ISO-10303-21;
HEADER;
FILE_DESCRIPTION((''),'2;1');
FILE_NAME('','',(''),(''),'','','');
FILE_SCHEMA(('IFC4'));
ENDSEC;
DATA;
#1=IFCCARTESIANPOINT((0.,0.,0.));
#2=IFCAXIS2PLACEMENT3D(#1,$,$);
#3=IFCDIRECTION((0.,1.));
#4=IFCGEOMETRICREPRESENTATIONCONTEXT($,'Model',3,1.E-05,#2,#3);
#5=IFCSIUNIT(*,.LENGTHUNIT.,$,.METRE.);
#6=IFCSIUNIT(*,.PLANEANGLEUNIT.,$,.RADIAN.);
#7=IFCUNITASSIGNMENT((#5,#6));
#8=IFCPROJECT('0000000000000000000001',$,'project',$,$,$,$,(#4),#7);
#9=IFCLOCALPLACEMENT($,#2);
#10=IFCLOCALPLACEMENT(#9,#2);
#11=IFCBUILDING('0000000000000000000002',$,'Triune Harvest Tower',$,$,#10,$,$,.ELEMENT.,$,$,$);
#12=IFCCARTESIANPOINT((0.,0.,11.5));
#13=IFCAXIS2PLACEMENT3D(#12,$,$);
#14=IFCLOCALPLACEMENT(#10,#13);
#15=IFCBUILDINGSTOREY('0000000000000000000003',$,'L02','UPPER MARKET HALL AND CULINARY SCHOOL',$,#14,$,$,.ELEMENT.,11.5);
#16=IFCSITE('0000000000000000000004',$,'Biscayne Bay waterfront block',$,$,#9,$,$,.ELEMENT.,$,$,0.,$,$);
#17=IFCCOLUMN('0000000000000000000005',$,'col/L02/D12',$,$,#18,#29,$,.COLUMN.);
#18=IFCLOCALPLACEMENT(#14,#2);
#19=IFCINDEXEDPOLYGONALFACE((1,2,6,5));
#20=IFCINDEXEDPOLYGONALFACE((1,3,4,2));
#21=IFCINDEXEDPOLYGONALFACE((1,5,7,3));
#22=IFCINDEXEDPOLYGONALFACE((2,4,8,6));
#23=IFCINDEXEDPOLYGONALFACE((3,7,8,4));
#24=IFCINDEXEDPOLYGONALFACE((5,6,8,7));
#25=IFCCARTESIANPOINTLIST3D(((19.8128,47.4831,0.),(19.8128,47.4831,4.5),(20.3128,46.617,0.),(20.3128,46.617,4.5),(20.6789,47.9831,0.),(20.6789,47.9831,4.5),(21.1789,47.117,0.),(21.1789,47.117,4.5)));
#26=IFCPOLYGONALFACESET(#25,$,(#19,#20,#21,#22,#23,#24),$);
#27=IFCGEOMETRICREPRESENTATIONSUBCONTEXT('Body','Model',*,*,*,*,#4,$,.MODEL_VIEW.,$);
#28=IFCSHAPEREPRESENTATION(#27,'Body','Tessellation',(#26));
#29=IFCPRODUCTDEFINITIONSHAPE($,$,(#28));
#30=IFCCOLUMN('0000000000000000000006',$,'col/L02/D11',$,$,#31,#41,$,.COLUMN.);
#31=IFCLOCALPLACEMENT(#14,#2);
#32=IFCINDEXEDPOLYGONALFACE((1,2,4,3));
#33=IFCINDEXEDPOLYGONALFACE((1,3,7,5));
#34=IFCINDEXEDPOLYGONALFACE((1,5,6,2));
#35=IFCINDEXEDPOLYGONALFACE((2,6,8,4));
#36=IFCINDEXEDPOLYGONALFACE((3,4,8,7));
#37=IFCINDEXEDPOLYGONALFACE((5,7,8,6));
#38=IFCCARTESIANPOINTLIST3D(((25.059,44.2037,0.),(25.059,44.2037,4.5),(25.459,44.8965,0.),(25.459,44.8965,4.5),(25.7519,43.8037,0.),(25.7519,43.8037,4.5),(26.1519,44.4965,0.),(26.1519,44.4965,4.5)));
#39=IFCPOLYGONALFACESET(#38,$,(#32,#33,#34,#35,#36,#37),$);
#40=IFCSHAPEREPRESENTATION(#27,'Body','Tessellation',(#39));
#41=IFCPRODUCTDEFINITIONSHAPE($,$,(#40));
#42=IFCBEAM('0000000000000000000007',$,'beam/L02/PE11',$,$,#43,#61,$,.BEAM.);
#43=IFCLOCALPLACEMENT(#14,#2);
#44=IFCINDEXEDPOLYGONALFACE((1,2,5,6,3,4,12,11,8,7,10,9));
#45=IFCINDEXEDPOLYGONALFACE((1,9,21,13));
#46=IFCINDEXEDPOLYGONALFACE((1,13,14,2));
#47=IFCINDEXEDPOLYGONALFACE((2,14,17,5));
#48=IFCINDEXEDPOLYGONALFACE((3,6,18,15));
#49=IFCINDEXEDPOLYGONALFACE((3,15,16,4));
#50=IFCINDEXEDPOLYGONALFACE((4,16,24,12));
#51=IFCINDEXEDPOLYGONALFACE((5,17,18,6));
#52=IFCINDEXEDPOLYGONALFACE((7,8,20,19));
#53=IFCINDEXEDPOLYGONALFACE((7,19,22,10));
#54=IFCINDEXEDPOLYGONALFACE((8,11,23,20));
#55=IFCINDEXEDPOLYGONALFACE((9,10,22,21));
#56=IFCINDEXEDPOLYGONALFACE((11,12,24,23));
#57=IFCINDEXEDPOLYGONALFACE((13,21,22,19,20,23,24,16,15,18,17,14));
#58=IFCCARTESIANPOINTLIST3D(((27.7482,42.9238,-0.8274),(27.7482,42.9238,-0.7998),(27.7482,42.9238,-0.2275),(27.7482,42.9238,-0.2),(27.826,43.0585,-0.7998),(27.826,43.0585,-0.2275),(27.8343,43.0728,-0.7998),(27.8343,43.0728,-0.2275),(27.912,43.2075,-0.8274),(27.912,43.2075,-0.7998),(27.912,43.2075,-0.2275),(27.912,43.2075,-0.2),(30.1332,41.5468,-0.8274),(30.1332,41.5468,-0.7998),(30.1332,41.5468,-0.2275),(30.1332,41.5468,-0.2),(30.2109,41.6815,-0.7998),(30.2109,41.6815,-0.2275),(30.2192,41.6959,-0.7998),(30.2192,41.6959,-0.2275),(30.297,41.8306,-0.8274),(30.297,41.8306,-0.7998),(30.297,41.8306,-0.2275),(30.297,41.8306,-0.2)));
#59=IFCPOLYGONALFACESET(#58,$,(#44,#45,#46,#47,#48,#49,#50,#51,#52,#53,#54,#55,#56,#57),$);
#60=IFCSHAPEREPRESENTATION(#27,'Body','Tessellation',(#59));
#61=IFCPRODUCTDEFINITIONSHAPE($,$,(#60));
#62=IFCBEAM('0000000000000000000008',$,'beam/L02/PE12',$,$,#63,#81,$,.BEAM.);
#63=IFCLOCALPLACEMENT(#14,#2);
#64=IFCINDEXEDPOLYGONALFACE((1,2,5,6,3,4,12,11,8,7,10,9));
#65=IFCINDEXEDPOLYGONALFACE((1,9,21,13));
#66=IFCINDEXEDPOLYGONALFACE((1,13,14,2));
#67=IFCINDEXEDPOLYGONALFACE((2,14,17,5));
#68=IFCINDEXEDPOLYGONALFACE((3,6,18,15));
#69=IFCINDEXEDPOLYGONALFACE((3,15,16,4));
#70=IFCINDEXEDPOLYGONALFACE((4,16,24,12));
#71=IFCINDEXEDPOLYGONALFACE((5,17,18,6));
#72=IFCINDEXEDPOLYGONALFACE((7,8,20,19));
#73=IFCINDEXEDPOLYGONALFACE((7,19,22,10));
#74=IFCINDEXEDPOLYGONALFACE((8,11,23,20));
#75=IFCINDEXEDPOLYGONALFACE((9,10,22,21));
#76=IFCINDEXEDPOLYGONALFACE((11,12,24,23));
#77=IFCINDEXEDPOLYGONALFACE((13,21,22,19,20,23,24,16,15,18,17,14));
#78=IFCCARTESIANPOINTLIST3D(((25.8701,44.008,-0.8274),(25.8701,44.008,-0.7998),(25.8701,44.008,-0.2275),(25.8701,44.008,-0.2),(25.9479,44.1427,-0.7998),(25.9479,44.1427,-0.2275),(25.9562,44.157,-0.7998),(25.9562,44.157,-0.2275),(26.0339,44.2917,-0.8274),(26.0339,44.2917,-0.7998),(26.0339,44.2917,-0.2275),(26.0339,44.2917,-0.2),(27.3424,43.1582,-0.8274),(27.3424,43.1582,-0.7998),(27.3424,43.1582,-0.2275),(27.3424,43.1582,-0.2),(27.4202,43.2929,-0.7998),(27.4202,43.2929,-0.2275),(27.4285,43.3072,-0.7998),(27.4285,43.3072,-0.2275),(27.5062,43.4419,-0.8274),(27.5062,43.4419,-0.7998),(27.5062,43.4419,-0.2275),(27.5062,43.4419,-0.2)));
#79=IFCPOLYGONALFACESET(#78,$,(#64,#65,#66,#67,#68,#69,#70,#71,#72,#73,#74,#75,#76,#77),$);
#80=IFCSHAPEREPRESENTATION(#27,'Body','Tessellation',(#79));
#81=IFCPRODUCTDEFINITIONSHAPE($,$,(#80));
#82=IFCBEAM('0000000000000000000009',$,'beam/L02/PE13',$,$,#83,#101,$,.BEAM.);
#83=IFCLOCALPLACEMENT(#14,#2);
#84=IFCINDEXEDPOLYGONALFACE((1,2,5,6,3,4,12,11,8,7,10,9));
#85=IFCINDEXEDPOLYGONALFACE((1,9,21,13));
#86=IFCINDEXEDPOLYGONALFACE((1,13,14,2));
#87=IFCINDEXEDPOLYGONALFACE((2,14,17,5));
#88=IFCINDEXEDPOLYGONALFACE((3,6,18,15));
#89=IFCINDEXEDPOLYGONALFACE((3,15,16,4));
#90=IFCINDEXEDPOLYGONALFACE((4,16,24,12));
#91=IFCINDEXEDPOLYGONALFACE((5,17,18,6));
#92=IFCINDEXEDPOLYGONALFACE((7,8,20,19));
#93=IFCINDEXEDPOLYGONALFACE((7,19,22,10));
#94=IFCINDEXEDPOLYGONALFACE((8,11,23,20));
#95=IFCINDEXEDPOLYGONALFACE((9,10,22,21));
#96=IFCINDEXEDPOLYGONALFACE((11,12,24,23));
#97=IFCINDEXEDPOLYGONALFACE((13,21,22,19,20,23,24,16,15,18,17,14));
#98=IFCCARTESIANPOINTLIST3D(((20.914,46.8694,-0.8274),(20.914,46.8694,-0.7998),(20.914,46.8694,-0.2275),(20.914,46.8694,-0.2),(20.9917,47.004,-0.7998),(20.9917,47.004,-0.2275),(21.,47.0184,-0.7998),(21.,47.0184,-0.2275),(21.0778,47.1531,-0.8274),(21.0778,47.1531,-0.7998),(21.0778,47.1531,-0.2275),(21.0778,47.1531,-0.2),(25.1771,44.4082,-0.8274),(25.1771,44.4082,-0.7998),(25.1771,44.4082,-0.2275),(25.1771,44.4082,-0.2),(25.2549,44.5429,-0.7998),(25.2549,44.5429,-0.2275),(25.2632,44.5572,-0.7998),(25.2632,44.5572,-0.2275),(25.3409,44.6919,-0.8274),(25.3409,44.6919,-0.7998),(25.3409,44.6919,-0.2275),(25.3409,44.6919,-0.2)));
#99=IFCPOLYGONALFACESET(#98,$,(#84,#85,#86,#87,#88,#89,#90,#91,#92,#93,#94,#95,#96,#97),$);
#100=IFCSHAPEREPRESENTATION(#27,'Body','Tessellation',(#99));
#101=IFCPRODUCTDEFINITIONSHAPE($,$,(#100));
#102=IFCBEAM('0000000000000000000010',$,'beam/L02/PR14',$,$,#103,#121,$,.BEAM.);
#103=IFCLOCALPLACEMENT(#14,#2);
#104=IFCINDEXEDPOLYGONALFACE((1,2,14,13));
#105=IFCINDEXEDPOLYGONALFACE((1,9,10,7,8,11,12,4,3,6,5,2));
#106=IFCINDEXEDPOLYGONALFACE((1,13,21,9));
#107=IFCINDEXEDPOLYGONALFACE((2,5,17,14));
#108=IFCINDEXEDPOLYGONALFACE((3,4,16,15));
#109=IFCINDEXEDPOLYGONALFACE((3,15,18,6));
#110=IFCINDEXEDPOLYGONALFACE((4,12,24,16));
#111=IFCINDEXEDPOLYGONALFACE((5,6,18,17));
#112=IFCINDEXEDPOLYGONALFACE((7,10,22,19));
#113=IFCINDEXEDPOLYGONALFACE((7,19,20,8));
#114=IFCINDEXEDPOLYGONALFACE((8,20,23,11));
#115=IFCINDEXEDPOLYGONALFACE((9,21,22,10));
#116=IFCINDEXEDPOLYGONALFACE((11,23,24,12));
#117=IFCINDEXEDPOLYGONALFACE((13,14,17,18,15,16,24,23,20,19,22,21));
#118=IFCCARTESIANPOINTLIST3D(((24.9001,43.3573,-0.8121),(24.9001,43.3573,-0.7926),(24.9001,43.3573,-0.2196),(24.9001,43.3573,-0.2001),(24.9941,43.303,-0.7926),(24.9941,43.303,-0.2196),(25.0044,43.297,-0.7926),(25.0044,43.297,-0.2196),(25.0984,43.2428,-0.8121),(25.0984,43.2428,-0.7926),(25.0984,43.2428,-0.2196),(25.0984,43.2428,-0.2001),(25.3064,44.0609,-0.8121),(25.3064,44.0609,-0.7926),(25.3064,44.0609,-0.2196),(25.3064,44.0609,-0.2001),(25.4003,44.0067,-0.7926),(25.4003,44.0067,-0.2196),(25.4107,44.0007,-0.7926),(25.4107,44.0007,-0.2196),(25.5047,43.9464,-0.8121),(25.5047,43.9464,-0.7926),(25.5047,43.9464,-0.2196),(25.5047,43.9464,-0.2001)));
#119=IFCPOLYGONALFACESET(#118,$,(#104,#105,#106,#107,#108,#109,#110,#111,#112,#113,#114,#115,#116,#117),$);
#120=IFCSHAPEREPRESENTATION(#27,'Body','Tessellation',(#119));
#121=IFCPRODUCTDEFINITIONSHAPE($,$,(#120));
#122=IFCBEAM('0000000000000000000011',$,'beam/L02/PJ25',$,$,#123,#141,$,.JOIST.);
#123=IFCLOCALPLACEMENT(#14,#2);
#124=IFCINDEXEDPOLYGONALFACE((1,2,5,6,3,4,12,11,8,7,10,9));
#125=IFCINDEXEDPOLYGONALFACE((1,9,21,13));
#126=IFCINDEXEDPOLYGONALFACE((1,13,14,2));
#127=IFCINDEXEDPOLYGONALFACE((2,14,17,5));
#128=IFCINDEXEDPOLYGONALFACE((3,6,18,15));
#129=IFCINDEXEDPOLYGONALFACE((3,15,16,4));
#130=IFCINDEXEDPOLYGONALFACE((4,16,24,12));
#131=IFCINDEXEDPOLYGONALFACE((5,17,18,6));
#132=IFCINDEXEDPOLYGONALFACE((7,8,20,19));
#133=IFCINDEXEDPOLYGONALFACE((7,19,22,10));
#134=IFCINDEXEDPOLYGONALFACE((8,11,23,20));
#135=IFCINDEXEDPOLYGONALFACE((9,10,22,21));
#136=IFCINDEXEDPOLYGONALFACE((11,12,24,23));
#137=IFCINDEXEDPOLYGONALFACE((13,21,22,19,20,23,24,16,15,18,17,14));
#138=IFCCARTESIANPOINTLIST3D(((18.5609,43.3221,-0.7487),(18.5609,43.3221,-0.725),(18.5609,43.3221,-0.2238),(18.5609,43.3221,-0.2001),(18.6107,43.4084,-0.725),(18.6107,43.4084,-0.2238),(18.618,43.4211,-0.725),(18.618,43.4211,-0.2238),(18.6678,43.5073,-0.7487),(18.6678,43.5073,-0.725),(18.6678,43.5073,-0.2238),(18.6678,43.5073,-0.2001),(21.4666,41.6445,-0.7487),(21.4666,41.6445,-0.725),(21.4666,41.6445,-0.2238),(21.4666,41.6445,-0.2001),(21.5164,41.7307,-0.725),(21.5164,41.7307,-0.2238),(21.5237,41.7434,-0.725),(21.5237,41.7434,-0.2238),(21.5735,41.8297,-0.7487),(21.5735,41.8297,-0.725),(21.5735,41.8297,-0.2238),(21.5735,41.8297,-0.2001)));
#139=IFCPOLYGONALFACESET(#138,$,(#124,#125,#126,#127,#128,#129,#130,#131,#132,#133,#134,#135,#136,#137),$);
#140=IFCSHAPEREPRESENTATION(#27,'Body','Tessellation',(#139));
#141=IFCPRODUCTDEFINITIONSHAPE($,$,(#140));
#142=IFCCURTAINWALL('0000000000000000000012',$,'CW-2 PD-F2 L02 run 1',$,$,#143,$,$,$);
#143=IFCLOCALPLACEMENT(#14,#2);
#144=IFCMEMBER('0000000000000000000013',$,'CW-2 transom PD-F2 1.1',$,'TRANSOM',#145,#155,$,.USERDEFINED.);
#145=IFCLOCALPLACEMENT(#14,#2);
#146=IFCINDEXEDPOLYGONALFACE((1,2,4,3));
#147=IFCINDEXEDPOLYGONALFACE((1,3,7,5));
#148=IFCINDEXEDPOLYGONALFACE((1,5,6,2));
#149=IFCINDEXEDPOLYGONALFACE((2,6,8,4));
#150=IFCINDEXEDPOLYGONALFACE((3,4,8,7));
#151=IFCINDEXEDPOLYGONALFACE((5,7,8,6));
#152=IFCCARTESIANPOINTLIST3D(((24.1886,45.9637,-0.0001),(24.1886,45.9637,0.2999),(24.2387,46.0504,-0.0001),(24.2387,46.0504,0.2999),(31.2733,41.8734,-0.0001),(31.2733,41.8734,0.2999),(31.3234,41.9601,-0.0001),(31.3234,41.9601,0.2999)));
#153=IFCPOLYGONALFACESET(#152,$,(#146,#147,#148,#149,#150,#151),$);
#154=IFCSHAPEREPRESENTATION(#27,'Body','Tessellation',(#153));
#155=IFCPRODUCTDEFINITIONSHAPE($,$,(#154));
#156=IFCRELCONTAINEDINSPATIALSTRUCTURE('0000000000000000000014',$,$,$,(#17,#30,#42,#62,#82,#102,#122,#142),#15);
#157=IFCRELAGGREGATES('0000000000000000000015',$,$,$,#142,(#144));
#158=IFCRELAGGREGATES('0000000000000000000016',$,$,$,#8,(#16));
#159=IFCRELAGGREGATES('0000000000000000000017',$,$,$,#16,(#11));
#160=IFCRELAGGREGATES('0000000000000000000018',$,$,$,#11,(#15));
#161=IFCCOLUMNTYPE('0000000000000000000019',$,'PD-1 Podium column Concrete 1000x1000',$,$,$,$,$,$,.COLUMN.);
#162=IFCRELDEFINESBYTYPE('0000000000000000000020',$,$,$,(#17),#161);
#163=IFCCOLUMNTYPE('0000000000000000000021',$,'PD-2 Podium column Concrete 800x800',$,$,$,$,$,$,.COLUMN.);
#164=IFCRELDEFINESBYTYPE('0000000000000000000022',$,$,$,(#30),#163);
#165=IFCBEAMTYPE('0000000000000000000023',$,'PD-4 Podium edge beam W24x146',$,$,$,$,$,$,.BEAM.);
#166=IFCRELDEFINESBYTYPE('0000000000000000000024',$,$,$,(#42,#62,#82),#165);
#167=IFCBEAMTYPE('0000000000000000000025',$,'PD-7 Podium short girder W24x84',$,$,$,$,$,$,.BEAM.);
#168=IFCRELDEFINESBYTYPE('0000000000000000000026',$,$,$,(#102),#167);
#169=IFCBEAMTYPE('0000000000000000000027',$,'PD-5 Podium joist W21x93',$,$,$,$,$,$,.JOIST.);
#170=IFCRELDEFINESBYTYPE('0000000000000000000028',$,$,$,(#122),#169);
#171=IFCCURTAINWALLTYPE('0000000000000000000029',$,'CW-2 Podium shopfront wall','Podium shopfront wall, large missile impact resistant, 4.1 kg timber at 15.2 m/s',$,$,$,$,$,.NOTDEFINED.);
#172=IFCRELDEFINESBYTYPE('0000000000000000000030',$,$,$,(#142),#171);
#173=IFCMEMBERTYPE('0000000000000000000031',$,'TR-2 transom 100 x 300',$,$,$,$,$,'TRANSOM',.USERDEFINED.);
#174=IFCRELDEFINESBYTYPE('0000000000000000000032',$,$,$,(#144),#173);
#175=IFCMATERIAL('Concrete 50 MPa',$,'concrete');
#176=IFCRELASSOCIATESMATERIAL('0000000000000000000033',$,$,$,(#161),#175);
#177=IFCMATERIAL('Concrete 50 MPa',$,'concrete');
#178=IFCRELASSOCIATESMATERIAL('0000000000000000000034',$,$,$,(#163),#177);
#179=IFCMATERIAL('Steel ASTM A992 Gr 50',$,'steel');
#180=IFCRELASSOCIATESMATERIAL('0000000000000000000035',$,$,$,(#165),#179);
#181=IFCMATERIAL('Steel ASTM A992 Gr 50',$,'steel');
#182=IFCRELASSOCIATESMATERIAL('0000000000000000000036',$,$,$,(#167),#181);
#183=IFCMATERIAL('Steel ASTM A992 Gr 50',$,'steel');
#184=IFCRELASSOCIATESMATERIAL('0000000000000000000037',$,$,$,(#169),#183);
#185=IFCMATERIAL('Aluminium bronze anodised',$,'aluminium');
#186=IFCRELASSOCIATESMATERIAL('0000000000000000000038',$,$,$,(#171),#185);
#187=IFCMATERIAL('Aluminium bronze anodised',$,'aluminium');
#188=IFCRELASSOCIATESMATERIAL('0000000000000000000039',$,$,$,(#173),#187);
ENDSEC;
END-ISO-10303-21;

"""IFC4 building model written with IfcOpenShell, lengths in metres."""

from ifc_helpers import new_model, si_unit, direction, frame, origin, origin_2d, place, context, subcontext, project, spatial, rectangle, i_section, extrude, source, transform, mapped, material, material_profile, profile_set, type_object, element, aggregate, save


model = new_model("IFC4")

# Units and contexts
model_context = context("Model", 3, precision=1e-05, world=origin(), true_north=direction((0.0, 1.0)))
body_context = subcontext(model_context, "Body", "Model", "MODEL_VIEW")
ifc_project = project(units=[si_unit("LENGTHUNIT", "METRE"), si_unit("PLANEANGLEUNIT", "RADIAN")], contexts=[model_context])

# Site, building, storey
site_placement = place(None, origin())
site = spatial("IfcSite", under=ifc_project, at=site_placement, Name="Biscayne Bay waterfront block", CompositionType="ELEMENT", RefElevation=0.0)
building_placement = place(site_placement, origin())
building = spatial("IfcBuilding", under=site, at=building_placement, Name="Triune Harvest Tower", CompositionType="ELEMENT")
storey_placement = place(building_placement, frame((0.0, 0.0, 11.5)))
storey = spatial("IfcBuildingStorey", under=building, at=storey_placement, Name="L02", Description="UPPER MARKET HALL AND CULINARY SCHOOL", CompositionType="ELEMENT", Elevation=11.5)

# Columns
ifc_material_1 = material(Name="Concrete 50 MPa", Category="concrete")
ifc_material_profile_1 = material_profile(ifc_material_1, rectangle(XDim=1.0, YDim=1.0, at=origin_2d()), Name="Concrete 1000x1000")
ifc_profile_set_1 = profile_set([ifc_material_profile_1], Name="Concrete 50 MPa")
column_type_1 = type_object("IfcColumnType", Name="PD-1 Podium column Concrete 1000x1000", PredefinedType="COLUMN", material=ifc_profile_set_1)
shared_shape_1 = source(origin(), body_context, "Body", "SweptSolid", [
    extrude(rectangle(XDim=1.0, YDim=1.0, at=origin_2d()), origin(), (0.0, 0.0, 1.0), 4.5),
])
column_1_placement = place(storey_placement, frame((20.4958, 47.3, 0.0), z_axis=(0.0, 0.0, 1.0), x_axis=(-0.866025, -0.5, 0.0)))
element("IfcColumn", 1, at=column_1_placement, inside=storey, type_object=column_type_1, Name="col/L02/D12", PredefinedType="COLUMN", context=body_context, shape_type="MappedRepresentation", body=[
    mapped(shared_shape_1, transform((0.0, 0.0, 0.0), scale=1.0)),
])
ifc_material_2 = material(Name="Concrete 50 MPa", Category="concrete")
ifc_material_profile_2 = material_profile(ifc_material_2, rectangle(XDim=0.8, YDim=0.8, at=origin_2d()), Name="Concrete 800x800")
ifc_profile_set_2 = profile_set([ifc_material_profile_2], Name="Concrete 50 MPa")
column_type_2 = type_object("IfcColumnType", Name="PD-2 Podium column Concrete 800x800", PredefinedType="COLUMN", material=ifc_profile_set_2)
shared_shape_2 = source(origin(), body_context, "Body", "SweptSolid", [
    extrude(rectangle(XDim=0.8, YDim=0.8, at=origin_2d()), origin(), (0.0, 0.0, 1.0), 4.5),
])
column_2_placement = place(storey_placement, frame((25.6055, 44.3501, 0.0), z_axis=(0.0, 0.0, 1.0), x_axis=(-0.866027, 0.499997, 0.0)))
element("IfcColumn", 2, at=column_2_placement, inside=storey, type_object=column_type_2, Name="col/L02/D11", PredefinedType="COLUMN", context=body_context, shape_type="MappedRepresentation", body=[
    mapped(shared_shape_2, transform((0.0, 0.0, 0.0), scale=1.0)),
])

# Beams
ifc_material_3 = material(Name="Steel ASTM A992 Gr 50", Category="steel")
ifc_material_profile_3 = material_profile(ifc_material_3, i_section(OverallWidth=0.3276, OverallDepth=0.6274, WebThickness=0.0166, FlangeThickness=0.0276, at=origin_2d()), Name="W24x146")
ifc_profile_set_3 = profile_set([ifc_material_profile_3], Name="Steel ASTM A992 Gr 50")
beam_type_1 = type_object("IfcBeamType", Name="PD-4 Podium edge beam W24x146", PredefinedType="BEAM", material=ifc_profile_set_3)
shared_shape_3 = source(origin(), body_context, "Body", "SweptSolid", [
    extrude(i_section(OverallWidth=0.3276, OverallDepth=0.6274, WebThickness=0.0166, FlangeThickness=0.0276, at=origin_2d()), origin(), (0.0, 0.0, 1.0), 2.7539),
])
beam_1_placement = place(storey_placement, frame((30.2151, 41.6887, -0.5137), z_axis=(-0.866031, 0.499991, 0.0), x_axis=(-0.499991, -0.866031, 0.0)))
element("IfcBeam", 3, at=beam_1_placement, inside=storey, type_object=beam_type_1, Name="beam/L02/PE11", PredefinedType="BEAM", context=body_context, shape_type="MappedRepresentation", body=[
    mapped(shared_shape_3, transform((0.0, 0.0, 0.0), scale=1.0)),
])
shared_shape_4 = source(origin(), body_context, "Body", "SweptSolid", [
    extrude(i_section(OverallWidth=0.3276, OverallDepth=0.6274, WebThickness=0.0166, FlangeThickness=0.0276, at=origin_2d()), origin(), (0.0, 0.0, 1.0), 1.7),
])
beam_2_placement = place(storey_placement, frame((27.4243, 43.3, -0.5137), z_axis=(-0.866088, 0.499892, 0.0), x_axis=(-0.499892, -0.866088, 0.0)))
element("IfcBeam", 4, at=beam_2_placement, inside=storey, type_object=beam_type_1, Name="beam/L02/PE12", PredefinedType="BEAM", context=body_context, shape_type="MappedRepresentation", body=[
    mapped(shared_shape_4, transform((0.0, 0.0, 0.0), scale=1.0)),
])
shared_shape_5 = source(origin(), body_context, "Body", "SweptSolid", [
    extrude(i_section(OverallWidth=0.3276, OverallDepth=0.6274, WebThickness=0.0166, FlangeThickness=0.0276, at=origin_2d()), origin(), (0.0, 0.0, 1.0), 4.9226),
])
beam_3_placement = place(storey_placement, frame((25.259, 44.55, -0.5137), z_axis=(-0.86604, 0.499974, 0.0), x_axis=(-0.499974, -0.86604, 0.0)))
element("IfcBeam", 5, at=beam_3_placement, inside=storey, type_object=beam_type_1, Name="beam/L02/PE13", PredefinedType="BEAM", context=body_context, shape_type="MappedRepresentation", body=[
    mapped(shared_shape_5, transform((0.0, 0.0, 0.0), scale=1.0)),
])
ifc_material_4 = material(Name="Steel ASTM A992 Gr 50", Category="steel")
ifc_material_profile_4 = material_profile(ifc_material_4, i_section(OverallWidth=0.229, OverallDepth=0.6121, WebThickness=0.012, FlangeThickness=0.0195, at=origin_2d()), Name="W24x84")
ifc_profile_set_4 = profile_set([ifc_material_profile_4], Name="Steel ASTM A992 Gr 50")
beam_type_2 = type_object("IfcBeamType", Name="PD-7 Podium short girder W24x84", PredefinedType="BEAM", material=ifc_profile_set_4)
shared_shape_6 = source(origin(), body_context, "Body", "SweptSolid", [
    extrude(i_section(OverallWidth=0.229, OverallDepth=0.6121, WebThickness=0.012, FlangeThickness=0.0195, at=origin_2d()), origin(), (0.0, 0.0, 1.0), 0.8125),
])
beam_4_placement = place(storey_placement, frame((25.4055, 44.0037, -0.5061), z_axis=(-0.500017, -0.866015, 0.0), x_axis=(0.866015, -0.500017, 0.0)))
element("IfcBeam", 6, at=beam_4_placement, inside=storey, type_object=beam_type_2, Name="beam/L02/PR14", PredefinedType="BEAM", context=body_context, shape_type="MappedRepresentation", body=[
    mapped(shared_shape_6, transform((0.0, 0.0, 0.0), scale=1.0)),
])
ifc_material_5 = material(Name="Steel ASTM A992 Gr 50", Category="steel")
ifc_material_profile_5 = material_profile(ifc_material_5, i_section(OverallWidth=0.2139, OverallDepth=0.5486, WebThickness=0.0146, FlangeThickness=0.0237, at=origin_2d()), Name="W21x93")
ifc_profile_set_5 = profile_set([ifc_material_profile_5], Name="Steel ASTM A992 Gr 50")
beam_type_3 = type_object("IfcBeamType", Name="PD-5 Podium joist W21x93", PredefinedType="JOIST", material=ifc_profile_set_5)
shared_shape_7 = source(origin(), body_context, "Body", "SweptSolid", [
    extrude(i_section(OverallWidth=0.2139, OverallDepth=0.5486, WebThickness=0.0146, FlangeThickness=0.0237, at=origin_2d()), origin(), (0.0, 0.0, 1.0), 3.3552),
])
beam_5_placement = place(storey_placement, frame((21.52, 41.7371, -0.4744), z_axis=(-0.866014, 0.500021, 0.0), x_axis=(-0.500021, -0.866014, 0.0)))
element("IfcBeam", 7, at=beam_5_placement, inside=storey, type_object=beam_type_3, Name="beam/L02/PJ25", PredefinedType="JOIST", context=body_context, shape_type="MappedRepresentation", body=[
    mapped(shared_shape_7, transform((0.0, 0.0, 0.0), scale=1.0)),
])

# Curtain wall, member
ifc_material_6 = material(Name="Aluminium bronze anodised", Category="aluminium")
curtain_wall_type = type_object("IfcCurtainWallType", Name="CW-2 Podium shopfront wall", Description="Podium shopfront wall, large missile impact resistant, 4.1 kg timber at 15.2 m/s", PredefinedType="NOTDEFINED", material=ifc_material_6)
curtain_wall_1_placement = place(storey_placement, origin())
curtain_wall_1 = element("IfcCurtainWall", 8, at=curtain_wall_1_placement, inside=storey, type_object=curtain_wall_type, Name="CW-2 PD-F2 L02 run 1")
ifc_material_7 = material(Name="Aluminium bronze anodised", Category="aluminium")
ifc_material_profile_6 = material_profile(ifc_material_7, rectangle(XDim=0.1001, YDim=0.3, at=origin_2d()), Name="TR-2 transom 100 x 300")
ifc_profile_set_6 = profile_set([ifc_material_profile_6], Name="Aluminium bronze anodised")
member_type_1 = type_object("IfcMemberType", Name="TR-2 transom 100 x 300", ElementType="TRANSOM", PredefinedType="USERDEFINED", material=ifc_profile_set_6)
shared_shape_8 = source(origin(), body_context, "Body", "SweptSolid", [
    extrude(rectangle(XDim=0.1001, YDim=0.3, at=origin_2d()), origin(), (0.0, 0.0, 1.0), 8.1807),
])
member_1_placement = place(storey_placement, frame((31.2983, 41.9167, 0.1499), z_axis=(-0.866027, 0.499997, 0.0), x_axis=(-0.499997, -0.866027, 0.0)))
member_1 = element("IfcMember", 9, at=member_1_placement, type_object=member_type_1, Name="CW-2 transom PD-F2 1.1", ObjectType="TRANSOM", PredefinedType="USERDEFINED", context=body_context, shape_type="MappedRepresentation", body=[
    mapped(shared_shape_8, transform((0.0, 0.0, 0.0), scale=1.0)),
])

aggregate(curtain_wall_1, [member_1])

save(model, "model.ifc")
